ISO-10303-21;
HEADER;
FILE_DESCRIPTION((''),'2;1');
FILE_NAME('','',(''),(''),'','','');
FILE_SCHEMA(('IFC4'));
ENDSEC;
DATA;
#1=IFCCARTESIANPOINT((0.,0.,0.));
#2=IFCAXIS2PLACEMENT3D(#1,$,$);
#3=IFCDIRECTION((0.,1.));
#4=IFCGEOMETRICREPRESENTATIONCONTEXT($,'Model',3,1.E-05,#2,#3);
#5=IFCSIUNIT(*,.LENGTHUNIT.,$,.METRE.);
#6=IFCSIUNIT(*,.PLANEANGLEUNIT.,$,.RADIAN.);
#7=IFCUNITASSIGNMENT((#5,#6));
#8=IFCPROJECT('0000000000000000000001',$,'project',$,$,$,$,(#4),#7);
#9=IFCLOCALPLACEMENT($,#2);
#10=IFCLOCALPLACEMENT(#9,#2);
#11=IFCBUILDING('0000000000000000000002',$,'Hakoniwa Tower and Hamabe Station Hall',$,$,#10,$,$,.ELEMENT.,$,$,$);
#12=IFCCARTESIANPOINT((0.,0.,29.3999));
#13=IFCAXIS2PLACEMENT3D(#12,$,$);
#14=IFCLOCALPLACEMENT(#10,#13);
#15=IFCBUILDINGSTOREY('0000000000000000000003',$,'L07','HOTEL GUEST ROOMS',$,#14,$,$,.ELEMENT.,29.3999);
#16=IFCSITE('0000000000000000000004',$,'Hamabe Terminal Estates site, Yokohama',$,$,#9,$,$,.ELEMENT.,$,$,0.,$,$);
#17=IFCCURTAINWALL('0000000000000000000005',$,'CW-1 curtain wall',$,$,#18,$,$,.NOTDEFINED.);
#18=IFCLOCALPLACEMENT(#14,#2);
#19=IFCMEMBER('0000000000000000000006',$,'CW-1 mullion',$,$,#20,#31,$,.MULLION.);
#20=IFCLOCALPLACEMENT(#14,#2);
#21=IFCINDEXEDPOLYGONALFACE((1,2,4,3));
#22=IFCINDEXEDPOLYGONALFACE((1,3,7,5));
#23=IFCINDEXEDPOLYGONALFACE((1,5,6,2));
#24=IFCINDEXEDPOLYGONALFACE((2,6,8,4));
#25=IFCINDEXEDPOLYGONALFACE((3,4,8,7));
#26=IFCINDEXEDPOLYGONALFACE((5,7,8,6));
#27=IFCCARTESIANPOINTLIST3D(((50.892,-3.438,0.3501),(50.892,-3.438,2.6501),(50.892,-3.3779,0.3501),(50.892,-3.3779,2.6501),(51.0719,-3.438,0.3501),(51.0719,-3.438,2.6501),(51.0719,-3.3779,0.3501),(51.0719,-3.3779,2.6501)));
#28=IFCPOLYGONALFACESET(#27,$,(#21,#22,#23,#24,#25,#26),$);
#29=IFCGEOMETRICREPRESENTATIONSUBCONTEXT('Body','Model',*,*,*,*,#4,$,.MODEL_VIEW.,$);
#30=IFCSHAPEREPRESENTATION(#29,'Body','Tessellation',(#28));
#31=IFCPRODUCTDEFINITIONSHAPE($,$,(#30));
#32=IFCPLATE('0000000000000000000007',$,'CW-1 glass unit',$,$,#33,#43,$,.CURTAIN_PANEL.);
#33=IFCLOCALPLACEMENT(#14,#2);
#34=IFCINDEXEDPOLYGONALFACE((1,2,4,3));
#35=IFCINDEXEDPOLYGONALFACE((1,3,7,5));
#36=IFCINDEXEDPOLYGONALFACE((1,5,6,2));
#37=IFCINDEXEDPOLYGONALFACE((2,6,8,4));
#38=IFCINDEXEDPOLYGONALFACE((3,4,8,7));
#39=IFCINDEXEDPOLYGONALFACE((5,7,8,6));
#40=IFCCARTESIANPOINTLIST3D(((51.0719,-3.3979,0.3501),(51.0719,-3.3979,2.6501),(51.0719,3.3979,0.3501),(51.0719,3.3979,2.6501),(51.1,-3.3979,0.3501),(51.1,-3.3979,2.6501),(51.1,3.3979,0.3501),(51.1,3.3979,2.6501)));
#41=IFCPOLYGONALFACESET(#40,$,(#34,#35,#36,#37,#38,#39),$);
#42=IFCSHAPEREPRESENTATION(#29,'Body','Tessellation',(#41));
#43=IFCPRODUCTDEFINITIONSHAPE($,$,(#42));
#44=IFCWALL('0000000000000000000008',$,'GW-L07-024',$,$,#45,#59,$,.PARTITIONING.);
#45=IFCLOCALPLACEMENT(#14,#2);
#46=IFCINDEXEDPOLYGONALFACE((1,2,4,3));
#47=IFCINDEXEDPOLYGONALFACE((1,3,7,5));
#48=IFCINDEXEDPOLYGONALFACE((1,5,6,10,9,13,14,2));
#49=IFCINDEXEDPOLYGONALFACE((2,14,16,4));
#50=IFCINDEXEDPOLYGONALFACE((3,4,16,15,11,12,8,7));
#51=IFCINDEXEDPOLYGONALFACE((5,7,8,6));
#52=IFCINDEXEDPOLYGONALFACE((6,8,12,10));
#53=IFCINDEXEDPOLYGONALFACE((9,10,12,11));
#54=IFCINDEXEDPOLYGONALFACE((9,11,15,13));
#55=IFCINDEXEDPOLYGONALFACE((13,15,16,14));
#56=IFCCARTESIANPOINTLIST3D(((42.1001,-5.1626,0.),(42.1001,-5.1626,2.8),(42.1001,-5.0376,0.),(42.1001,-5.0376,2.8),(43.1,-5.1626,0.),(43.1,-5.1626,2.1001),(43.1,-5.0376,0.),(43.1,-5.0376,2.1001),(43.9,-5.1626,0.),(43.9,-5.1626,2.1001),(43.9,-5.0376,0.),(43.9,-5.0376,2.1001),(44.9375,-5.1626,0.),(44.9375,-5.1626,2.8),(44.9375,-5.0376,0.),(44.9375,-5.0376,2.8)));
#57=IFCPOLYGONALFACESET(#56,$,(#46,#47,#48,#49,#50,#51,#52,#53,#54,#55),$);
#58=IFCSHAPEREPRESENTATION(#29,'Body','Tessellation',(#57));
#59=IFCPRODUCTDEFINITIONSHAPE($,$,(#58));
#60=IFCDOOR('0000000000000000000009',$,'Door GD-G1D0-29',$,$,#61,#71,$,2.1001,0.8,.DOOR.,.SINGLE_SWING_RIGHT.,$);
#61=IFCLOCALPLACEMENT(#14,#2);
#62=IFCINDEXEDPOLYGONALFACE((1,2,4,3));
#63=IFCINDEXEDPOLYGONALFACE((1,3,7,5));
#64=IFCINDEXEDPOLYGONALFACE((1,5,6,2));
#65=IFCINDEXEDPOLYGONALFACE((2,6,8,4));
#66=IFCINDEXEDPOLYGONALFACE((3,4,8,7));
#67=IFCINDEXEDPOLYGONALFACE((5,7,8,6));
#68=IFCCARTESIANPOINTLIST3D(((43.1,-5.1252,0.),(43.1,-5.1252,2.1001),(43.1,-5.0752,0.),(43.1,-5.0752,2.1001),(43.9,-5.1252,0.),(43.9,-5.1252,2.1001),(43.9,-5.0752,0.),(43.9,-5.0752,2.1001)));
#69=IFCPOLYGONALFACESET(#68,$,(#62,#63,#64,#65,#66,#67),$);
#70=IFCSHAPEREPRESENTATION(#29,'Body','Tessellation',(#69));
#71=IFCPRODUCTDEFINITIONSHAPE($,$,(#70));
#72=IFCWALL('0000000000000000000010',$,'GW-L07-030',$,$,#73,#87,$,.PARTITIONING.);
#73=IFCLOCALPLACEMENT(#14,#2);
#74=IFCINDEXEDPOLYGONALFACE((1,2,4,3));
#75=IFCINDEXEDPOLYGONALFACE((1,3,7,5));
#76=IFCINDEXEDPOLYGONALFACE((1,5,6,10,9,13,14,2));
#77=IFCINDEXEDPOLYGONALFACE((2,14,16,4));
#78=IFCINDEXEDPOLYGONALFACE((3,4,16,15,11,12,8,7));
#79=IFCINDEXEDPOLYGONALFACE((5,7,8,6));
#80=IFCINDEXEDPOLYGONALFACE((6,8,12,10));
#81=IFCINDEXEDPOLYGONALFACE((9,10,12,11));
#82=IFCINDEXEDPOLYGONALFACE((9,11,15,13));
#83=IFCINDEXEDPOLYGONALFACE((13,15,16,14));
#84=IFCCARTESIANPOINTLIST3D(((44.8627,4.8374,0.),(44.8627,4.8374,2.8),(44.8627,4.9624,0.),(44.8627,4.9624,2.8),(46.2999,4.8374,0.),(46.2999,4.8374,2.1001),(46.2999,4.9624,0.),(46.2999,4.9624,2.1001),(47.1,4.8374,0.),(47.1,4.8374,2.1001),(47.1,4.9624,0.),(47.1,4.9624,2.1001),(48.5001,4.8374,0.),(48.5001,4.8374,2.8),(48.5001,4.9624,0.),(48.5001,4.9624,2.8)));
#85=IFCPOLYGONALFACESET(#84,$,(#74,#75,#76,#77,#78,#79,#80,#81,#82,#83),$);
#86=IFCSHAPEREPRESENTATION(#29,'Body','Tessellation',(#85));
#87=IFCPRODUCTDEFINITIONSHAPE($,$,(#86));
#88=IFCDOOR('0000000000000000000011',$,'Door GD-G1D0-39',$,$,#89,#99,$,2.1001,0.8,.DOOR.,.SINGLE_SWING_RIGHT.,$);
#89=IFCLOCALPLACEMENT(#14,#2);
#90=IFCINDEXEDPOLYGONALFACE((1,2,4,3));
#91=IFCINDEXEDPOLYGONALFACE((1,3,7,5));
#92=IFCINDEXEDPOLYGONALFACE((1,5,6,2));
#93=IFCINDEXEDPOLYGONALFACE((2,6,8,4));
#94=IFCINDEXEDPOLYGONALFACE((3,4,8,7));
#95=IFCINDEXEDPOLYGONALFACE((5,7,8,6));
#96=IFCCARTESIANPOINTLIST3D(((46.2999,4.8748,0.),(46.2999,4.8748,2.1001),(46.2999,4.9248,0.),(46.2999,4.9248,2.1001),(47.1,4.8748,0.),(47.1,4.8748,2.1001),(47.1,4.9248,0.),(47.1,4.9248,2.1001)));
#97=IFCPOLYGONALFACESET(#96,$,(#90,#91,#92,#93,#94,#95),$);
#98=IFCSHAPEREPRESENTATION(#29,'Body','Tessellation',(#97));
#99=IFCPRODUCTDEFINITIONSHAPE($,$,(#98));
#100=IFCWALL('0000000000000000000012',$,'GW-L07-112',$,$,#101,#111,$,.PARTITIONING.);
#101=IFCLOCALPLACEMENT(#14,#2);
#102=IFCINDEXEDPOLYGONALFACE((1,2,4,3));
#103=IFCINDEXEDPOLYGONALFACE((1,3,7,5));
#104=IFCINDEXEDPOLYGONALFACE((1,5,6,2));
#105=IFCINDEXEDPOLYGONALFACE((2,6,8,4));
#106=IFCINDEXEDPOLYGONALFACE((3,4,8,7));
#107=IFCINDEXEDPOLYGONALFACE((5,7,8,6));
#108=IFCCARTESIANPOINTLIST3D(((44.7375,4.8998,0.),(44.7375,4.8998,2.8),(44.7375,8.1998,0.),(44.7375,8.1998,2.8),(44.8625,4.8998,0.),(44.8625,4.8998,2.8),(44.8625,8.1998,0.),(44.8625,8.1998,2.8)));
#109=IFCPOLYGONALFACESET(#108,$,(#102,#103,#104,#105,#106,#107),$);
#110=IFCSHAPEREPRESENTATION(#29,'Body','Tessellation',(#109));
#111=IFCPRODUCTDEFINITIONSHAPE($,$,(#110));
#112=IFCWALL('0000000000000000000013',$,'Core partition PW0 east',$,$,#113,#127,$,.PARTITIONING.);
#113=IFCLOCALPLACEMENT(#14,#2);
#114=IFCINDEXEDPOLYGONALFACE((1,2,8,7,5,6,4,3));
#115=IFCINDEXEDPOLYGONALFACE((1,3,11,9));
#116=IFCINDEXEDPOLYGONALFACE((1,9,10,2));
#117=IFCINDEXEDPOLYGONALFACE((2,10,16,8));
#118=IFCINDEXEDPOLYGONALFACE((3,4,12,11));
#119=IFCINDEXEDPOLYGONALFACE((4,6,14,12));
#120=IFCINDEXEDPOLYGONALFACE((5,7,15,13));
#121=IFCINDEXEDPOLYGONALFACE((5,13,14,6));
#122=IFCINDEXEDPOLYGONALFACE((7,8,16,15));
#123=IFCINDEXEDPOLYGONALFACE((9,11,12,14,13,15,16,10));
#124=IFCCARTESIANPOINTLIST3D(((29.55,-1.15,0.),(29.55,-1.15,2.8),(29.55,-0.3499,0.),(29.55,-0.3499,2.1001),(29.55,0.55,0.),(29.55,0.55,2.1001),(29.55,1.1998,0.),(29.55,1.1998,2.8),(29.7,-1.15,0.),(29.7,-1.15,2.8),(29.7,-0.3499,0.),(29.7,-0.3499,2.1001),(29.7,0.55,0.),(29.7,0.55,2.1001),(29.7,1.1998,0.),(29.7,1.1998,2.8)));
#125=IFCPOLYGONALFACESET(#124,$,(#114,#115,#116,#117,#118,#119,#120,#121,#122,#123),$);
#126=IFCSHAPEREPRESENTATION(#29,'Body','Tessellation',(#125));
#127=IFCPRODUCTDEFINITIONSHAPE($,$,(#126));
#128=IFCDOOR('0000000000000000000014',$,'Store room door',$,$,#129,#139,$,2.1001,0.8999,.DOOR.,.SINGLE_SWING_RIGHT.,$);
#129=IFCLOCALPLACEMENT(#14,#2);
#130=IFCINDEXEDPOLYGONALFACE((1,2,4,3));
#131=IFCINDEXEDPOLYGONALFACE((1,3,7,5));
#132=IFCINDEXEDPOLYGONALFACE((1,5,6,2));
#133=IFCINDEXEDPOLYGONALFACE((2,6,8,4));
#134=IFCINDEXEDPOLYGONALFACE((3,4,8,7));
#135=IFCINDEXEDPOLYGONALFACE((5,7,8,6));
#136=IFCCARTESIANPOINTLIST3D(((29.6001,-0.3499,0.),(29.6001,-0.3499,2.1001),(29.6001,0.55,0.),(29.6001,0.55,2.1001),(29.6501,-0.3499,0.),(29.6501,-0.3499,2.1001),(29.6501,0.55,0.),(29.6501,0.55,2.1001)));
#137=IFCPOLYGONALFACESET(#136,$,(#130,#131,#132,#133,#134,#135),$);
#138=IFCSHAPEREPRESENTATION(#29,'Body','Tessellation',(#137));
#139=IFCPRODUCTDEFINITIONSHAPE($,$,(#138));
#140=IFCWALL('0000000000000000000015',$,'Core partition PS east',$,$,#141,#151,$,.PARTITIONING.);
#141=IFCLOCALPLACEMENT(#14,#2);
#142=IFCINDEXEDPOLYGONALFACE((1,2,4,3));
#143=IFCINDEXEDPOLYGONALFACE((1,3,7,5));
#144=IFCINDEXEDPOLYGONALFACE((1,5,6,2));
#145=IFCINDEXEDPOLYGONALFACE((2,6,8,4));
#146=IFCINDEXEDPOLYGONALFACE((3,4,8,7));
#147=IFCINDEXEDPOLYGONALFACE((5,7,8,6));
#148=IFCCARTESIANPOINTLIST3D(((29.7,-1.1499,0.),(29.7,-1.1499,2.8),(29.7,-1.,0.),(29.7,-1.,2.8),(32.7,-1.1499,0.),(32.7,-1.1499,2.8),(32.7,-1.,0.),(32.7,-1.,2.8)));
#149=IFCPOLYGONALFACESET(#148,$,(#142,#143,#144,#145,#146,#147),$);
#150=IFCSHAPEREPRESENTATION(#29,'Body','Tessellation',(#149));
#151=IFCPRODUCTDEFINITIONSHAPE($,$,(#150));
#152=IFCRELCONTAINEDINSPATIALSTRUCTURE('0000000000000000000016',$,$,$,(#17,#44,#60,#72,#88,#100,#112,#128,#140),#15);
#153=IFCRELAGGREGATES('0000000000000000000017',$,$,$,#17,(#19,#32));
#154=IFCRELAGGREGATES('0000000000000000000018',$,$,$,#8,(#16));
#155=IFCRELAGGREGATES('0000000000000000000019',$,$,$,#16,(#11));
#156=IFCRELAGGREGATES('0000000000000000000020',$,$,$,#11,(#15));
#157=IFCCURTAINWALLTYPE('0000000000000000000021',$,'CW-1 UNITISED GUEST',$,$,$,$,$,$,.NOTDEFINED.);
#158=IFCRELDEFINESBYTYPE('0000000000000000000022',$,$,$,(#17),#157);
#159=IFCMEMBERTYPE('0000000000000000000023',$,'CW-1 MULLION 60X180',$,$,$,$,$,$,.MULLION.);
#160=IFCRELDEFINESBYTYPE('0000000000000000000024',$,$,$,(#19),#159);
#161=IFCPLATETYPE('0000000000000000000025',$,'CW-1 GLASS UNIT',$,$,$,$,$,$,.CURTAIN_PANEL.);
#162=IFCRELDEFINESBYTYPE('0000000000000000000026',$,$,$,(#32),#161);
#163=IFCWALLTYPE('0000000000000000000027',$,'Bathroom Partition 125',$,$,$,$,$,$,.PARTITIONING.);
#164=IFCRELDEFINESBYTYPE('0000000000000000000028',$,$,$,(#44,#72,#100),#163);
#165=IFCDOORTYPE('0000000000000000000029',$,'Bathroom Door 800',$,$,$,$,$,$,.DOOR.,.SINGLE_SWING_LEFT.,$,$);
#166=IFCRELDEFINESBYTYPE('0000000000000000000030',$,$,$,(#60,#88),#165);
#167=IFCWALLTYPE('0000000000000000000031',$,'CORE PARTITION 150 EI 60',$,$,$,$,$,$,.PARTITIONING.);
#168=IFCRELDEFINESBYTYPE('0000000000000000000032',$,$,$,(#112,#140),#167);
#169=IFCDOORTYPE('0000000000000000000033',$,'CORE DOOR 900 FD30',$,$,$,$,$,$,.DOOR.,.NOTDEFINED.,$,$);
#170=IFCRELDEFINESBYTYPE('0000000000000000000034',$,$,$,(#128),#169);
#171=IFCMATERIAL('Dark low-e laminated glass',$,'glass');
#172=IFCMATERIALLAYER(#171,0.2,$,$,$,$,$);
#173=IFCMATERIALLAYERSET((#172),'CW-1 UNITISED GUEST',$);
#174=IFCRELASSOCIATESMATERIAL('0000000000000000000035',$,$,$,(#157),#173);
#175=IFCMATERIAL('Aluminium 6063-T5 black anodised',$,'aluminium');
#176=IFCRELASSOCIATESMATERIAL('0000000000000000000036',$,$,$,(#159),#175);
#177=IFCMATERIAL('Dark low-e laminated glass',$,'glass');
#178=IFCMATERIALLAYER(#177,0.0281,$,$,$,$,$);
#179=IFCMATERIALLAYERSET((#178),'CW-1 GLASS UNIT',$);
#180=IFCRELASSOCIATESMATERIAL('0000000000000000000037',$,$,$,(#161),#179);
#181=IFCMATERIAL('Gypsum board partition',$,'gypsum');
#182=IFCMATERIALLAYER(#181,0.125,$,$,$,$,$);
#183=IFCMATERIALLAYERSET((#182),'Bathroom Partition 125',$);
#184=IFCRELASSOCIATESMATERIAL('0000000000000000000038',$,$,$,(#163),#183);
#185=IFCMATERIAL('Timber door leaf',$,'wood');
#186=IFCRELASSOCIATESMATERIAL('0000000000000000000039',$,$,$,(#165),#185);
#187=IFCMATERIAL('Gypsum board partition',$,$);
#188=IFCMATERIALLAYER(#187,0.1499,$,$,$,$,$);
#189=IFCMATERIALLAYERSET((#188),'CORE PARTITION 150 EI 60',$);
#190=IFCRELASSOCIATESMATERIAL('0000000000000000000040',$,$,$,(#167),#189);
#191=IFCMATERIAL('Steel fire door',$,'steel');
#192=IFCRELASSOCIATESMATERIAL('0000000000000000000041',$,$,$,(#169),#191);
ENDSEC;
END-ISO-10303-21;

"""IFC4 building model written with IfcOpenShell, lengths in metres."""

from ifc_helpers import new_model, si_unit, direction, frame, frame_2d, origin, origin_2d, place, context, subcontext, project, spatial, rectangle, extrude, material, layer, layer_set, material_profile, profile_set, type_object, element, fill, aggregate, save


model = new_model("IFC4")

# Units and contexts
model_context = context("Model", 3, precision=1e-05, world=origin(), true_north=direction((0.0, 1.0)))
body_context = subcontext(model_context, "Body", "Model", "MODEL_VIEW")
ifc_project = project(units=[si_unit("LENGTHUNIT", "METRE"), si_unit("PLANEANGLEUNIT", "RADIAN")], contexts=[model_context])

# Site, building, storey
site_placement = place(None, origin())
site = spatial("IfcSite", under=ifc_project, at=site_placement, Name="Hamabe Terminal Estates site, Yokohama", CompositionType="ELEMENT", RefElevation=0.0)
building_placement = place(site_placement, origin())
building = spatial("IfcBuilding", under=site, at=building_placement, Name="Hakoniwa Tower and Hamabe Station Hall", CompositionType="ELEMENT")
storey_placement = place(building_placement, frame((0.0, 0.0, 29.3999)))
storey = spatial("IfcBuildingStorey", under=building, at=storey_placement, Name="L07", Description="HOTEL GUEST ROOMS", CompositionType="ELEMENT", Elevation=29.3999)

# Curtain wall, member, plate
ifc_material_1 = material(Name="Dark low-e laminated glass", Category="glass")
ifc_layer_1 = layer(ifc_material_1, 0.2)
ifc_layer_set_1 = layer_set([ifc_layer_1], Name="CW-1 UNITISED GUEST")
curtain_wall_type = type_object("IfcCurtainWallType", Name="CW-1 UNITISED GUEST", PredefinedType="NOTDEFINED", material=ifc_layer_set_1)
curtain_wall_placement = place(storey_placement, origin())
curtain_wall = element("IfcCurtainWall", 1, at=curtain_wall_placement, inside=storey, type_object=curtain_wall_type, Name="CW-1 curtain wall", PredefinedType="NOTDEFINED")
ifc_material_2 = material(Name="Aluminium 6063-T5 black anodised", Category="aluminium")
ifc_material_profile = material_profile(ifc_material_2, rectangle(XDim=0.0601, YDim=0.1799, at=origin_2d()), Name="CW-1 MULLION 60X180")
ifc_profile_set = profile_set([ifc_material_profile], Name="Aluminium 6063-T5 black anodised")
member_type = type_object("IfcMemberType", Name="CW-1 MULLION 60X180", PredefinedType="MULLION", material=ifc_profile_set)
member_placement = place(storey_placement, frame((50.9819, -3.408, 0.3501), z_axis=(0.0, 0.0, 1.0), x_axis=(0.0, 1.0, 0.0)))
member = element("IfcMember", 2, at=member_placement, type_object=member_type, Name="CW-1 mullion", PredefinedType="MULLION", context=body_context, shape_type="SweptSolid", body=[
    extrude(rectangle(XDim=0.0601, YDim=0.1799, at=origin_2d()), origin(), (0.0, 0.0, 1.0), 2.3),
])
ifc_material_3 = material(Name="Dark low-e laminated glass", Category="glass")
ifc_layer_2 = layer(ifc_material_3, 0.0281)
ifc_layer_set_2 = layer_set([ifc_layer_2], Name="CW-1 GLASS UNIT")
plate_type = type_object("IfcPlateType", Name="CW-1 GLASS UNIT", PredefinedType="CURTAIN_PANEL", material=ifc_layer_set_2)
plate_placement = place(storey_placement, frame((51.0859, 0.0, 0.3501), z_axis=(0.0, 0.0, 1.0), x_axis=(0.0, 1.0, 0.0)))
plate = element("IfcPlate", 3, at=plate_placement, type_object=plate_type, Name="CW-1 glass unit", PredefinedType="CURTAIN_PANEL", context=body_context, shape_type="SweptSolid", body=[
    extrude(rectangle(XDim=6.7959, YDim=0.0281, at=origin_2d()), origin(), (0.0, 0.0, 1.0), 2.3),
])
aggregate(curtain_wall, [member, plate])

# Walls, openings, doors
ifc_material_4 = material(Name="Gypsum board partition", Category="gypsum")
ifc_layer_3 = layer(ifc_material_4, 0.125)
ifc_layer_set_3 = layer_set([ifc_layer_3], Name="Bathroom Partition 125")
wall_type_1 = type_object("IfcWallType", Name="Bathroom Partition 125", PredefinedType="PARTITIONING", material=ifc_layer_set_3)
wall_1_placement = place(storey_placement, frame((42.1001, -5.1001, 0.0), z_axis=(0.0, 0.0, 1.0), x_axis=(1.0, 0.0, 0.0)))
wall_1 = element("IfcWall", 4, at=wall_1_placement, inside=storey, type_object=wall_type_1, Name="GW-L07-024", PredefinedType="PARTITIONING", context=body_context, shape_type="SweptSolid", body=[
    extrude(rectangle(XDim=2.8374, YDim=0.125, at=frame_2d((1.4187, 0.0))), origin(), (0.0, 0.0, 1.0), 2.8),
])
opening_1_placement = place(wall_1_placement, frame((1.0, 0.0, 0.0)))
opening_1 = element("IfcOpeningElement", 5, at=opening_1_placement, cuts=wall_1, PredefinedType="OPENING", context=body_context, shape_type="SweptSolid", body=[
    extrude(rectangle(XDim=0.8, YDim=2.1001, at=frame_2d((0.3999, 1.05))), frame((0.0, 0.0725, 0.0), z_axis=(0.0, -1.0, 0.0), x_axis=(1.0, 0.0, 0.0)), (0.0, 0.0, 1.0), 0.145),
])
ifc_material_5 = material(Name="Timber door leaf", Category="wood")
door_type_1 = type_object("IfcDoorType", Name="Bathroom Door 800", OperationType="SINGLE_SWING_LEFT", PredefinedType="DOOR", material=ifc_material_5)
door_1_placement = place(opening_1_placement, origin())
door_1 = element("IfcDoor", 6, at=door_1_placement, inside=storey, type_object=door_type_1, Name="Door GD-G1D0-29", OperationType="SINGLE_SWING_RIGHT", OverallHeight=2.1001, OverallWidth=0.8, PredefinedType="DOOR", context=body_context, shape_type="SweptSolid", body=[
    extrude(rectangle(XDim=0.8, YDim=2.1001, at=frame_2d((0.3999, 1.05))), frame((0.0, 0.0249, 0.0), z_axis=(0.0, -1.0, 0.0), x_axis=(1.0, 0.0, 0.0)), (0.0, 0.0, 1.0), 0.05),
])
fill(opening_1, door_1)
wall_2_placement = place(storey_placement, frame((44.8625, 4.8999, 0.0), z_axis=(0.0, 0.0, 1.0), x_axis=(1.0, 0.0, 0.0)))
wall_2 = element("IfcWall", 7, at=wall_2_placement, inside=storey, type_object=wall_type_1, Name="GW-L07-030", PredefinedType="PARTITIONING", context=body_context, shape_type="SweptSolid", body=[
    extrude(rectangle(XDim=3.6375, YDim=0.125, at=frame_2d((1.8188, 0.0))), origin(), (0.0, 0.0, 1.0), 2.8),
])
opening_2_placement = place(wall_2_placement, frame((1.4375, 0.0, 0.0)))
opening_2 = element("IfcOpeningElement", 8, at=opening_2_placement, cuts=wall_2, PredefinedType="OPENING", context=body_context, shape_type="SweptSolid", body=[
    extrude(rectangle(XDim=0.8, YDim=2.1001, at=frame_2d((0.3999, 1.05))), frame((0.0, 0.0725, 0.0), z_axis=(0.0, -1.0, 0.0), x_axis=(1.0, 0.0, 0.0)), (0.0, 0.0, 1.0), 0.145),
])
door_2_placement = place(opening_2_placement, origin())
door_2 = element("IfcDoor", 9, at=door_2_placement, inside=storey, type_object=door_type_1, Name="Door GD-G1D0-39", OperationType="SINGLE_SWING_RIGHT", OverallHeight=2.1001, OverallWidth=0.8, PredefinedType="DOOR", context=body_context, shape_type="SweptSolid", body=[
    extrude(rectangle(XDim=0.8, YDim=2.1001, at=frame_2d((0.3999, 1.05))), frame((0.0, 0.0249, 0.0), z_axis=(0.0, -1.0, 0.0), x_axis=(1.0, 0.0, 0.0)), (0.0, 0.0, 1.0), 0.05),
])
fill(opening_2, door_2)

# Wall
wall_3_placement = place(storey_placement, frame((44.8, 4.8999, 0.0), z_axis=(0.0, 0.0, 1.0), x_axis=(0.0, 1.0, 0.0)))
element("IfcWall", 10, at=wall_3_placement, inside=storey, type_object=wall_type_1, Name="GW-L07-112", PredefinedType="PARTITIONING", context=body_context, shape_type="SweptSolid", body=[
    extrude(rectangle(XDim=3.3, YDim=0.125, at=frame_2d((1.6499, 0.0))), origin(), (0.0, 0.0, 1.0), 2.8),
])

# Wall, opening, door
ifc_material_6 = material(Name="Gypsum board partition")
ifc_layer_4 = layer(ifc_material_6, 0.1499)
ifc_layer_set_4 = layer_set([ifc_layer_4], Name="CORE PARTITION 150 EI 60")
wall_type_2 = type_object("IfcWallType", Name="CORE PARTITION 150 EI 60", PredefinedType="PARTITIONING", material=ifc_layer_set_4)
wall_4_placement = place(storey_placement, frame((29.625, -1.1499, 0.0), z_axis=(0.0, 0.0, 1.0), x_axis=(0.0, 1.0, 0.0)))
wall_4 = element("IfcWall", 11, at=wall_4_placement, inside=storey, type_object=wall_type_2, Name="Core partition PW0 east", PredefinedType="PARTITIONING", context=body_context, shape_type="SweptSolid", body=[
    extrude(rectangle(XDim=2.3499, YDim=0.1499, at=frame_2d((1.1748, 0.0))), origin(), (0.0, 0.0, 1.0), 2.8),
])
opening_3_placement = place(wall_4_placement, frame((0.8, 0.0, 0.0)))
opening_3 = element("IfcOpeningElement", 12, at=opening_3_placement, cuts=wall_4, PredefinedType="OPENING", context=body_context, shape_type="SweptSolid", body=[
    extrude(rectangle(XDim=0.8999, YDim=2.1001, at=frame_2d((0.45, 1.05))), frame((0.0, 0.085, 0.0), z_axis=(0.0, -1.0, 0.0), x_axis=(1.0, 0.0, 0.0)), (0.0, 0.0, 1.0), 0.1699),
])
ifc_material_7 = material(Name="Steel fire door", Category="steel")
door_type_2 = type_object("IfcDoorType", Name="CORE DOOR 900 FD30", OperationType="NOTDEFINED", PredefinedType="DOOR", material=ifc_material_7)
door_3_placement = place(opening_3_placement, origin())
door_3 = element("IfcDoor", 13, at=door_3_placement, inside=storey, type_object=door_type_2, Name="Store room door", OperationType="SINGLE_SWING_RIGHT", OverallHeight=2.1001, OverallWidth=0.8999, PredefinedType="DOOR", context=body_context, shape_type="SweptSolid", body=[
    extrude(rectangle(XDim=0.8999, YDim=2.1001, at=frame_2d((0.45, 1.05))), frame((0.0, 0.0249, 0.0), z_axis=(0.0, -1.0, 0.0), x_axis=(1.0, 0.0, 0.0)), (0.0, 0.0, 1.0), 0.05),
])
fill(opening_3, door_3)

# Wall
wall_5_placement = place(storey_placement, frame((29.7, -1.075, 0.0), z_axis=(0.0, 0.0, 1.0), x_axis=(1.0, 0.0, 0.0)))
element("IfcWall", 14, at=wall_5_placement, inside=storey, type_object=wall_type_2, Name="Core partition PS east", PredefinedType="PARTITIONING", context=body_context, shape_type="SweptSolid", body=[
    extrude(rectangle(XDim=3.0, YDim=0.1499, at=frame_2d((1.5, 0.0))), origin(), (0.0, 0.0, 1.0), 2.8),
])

save(model, "model.ifc")
